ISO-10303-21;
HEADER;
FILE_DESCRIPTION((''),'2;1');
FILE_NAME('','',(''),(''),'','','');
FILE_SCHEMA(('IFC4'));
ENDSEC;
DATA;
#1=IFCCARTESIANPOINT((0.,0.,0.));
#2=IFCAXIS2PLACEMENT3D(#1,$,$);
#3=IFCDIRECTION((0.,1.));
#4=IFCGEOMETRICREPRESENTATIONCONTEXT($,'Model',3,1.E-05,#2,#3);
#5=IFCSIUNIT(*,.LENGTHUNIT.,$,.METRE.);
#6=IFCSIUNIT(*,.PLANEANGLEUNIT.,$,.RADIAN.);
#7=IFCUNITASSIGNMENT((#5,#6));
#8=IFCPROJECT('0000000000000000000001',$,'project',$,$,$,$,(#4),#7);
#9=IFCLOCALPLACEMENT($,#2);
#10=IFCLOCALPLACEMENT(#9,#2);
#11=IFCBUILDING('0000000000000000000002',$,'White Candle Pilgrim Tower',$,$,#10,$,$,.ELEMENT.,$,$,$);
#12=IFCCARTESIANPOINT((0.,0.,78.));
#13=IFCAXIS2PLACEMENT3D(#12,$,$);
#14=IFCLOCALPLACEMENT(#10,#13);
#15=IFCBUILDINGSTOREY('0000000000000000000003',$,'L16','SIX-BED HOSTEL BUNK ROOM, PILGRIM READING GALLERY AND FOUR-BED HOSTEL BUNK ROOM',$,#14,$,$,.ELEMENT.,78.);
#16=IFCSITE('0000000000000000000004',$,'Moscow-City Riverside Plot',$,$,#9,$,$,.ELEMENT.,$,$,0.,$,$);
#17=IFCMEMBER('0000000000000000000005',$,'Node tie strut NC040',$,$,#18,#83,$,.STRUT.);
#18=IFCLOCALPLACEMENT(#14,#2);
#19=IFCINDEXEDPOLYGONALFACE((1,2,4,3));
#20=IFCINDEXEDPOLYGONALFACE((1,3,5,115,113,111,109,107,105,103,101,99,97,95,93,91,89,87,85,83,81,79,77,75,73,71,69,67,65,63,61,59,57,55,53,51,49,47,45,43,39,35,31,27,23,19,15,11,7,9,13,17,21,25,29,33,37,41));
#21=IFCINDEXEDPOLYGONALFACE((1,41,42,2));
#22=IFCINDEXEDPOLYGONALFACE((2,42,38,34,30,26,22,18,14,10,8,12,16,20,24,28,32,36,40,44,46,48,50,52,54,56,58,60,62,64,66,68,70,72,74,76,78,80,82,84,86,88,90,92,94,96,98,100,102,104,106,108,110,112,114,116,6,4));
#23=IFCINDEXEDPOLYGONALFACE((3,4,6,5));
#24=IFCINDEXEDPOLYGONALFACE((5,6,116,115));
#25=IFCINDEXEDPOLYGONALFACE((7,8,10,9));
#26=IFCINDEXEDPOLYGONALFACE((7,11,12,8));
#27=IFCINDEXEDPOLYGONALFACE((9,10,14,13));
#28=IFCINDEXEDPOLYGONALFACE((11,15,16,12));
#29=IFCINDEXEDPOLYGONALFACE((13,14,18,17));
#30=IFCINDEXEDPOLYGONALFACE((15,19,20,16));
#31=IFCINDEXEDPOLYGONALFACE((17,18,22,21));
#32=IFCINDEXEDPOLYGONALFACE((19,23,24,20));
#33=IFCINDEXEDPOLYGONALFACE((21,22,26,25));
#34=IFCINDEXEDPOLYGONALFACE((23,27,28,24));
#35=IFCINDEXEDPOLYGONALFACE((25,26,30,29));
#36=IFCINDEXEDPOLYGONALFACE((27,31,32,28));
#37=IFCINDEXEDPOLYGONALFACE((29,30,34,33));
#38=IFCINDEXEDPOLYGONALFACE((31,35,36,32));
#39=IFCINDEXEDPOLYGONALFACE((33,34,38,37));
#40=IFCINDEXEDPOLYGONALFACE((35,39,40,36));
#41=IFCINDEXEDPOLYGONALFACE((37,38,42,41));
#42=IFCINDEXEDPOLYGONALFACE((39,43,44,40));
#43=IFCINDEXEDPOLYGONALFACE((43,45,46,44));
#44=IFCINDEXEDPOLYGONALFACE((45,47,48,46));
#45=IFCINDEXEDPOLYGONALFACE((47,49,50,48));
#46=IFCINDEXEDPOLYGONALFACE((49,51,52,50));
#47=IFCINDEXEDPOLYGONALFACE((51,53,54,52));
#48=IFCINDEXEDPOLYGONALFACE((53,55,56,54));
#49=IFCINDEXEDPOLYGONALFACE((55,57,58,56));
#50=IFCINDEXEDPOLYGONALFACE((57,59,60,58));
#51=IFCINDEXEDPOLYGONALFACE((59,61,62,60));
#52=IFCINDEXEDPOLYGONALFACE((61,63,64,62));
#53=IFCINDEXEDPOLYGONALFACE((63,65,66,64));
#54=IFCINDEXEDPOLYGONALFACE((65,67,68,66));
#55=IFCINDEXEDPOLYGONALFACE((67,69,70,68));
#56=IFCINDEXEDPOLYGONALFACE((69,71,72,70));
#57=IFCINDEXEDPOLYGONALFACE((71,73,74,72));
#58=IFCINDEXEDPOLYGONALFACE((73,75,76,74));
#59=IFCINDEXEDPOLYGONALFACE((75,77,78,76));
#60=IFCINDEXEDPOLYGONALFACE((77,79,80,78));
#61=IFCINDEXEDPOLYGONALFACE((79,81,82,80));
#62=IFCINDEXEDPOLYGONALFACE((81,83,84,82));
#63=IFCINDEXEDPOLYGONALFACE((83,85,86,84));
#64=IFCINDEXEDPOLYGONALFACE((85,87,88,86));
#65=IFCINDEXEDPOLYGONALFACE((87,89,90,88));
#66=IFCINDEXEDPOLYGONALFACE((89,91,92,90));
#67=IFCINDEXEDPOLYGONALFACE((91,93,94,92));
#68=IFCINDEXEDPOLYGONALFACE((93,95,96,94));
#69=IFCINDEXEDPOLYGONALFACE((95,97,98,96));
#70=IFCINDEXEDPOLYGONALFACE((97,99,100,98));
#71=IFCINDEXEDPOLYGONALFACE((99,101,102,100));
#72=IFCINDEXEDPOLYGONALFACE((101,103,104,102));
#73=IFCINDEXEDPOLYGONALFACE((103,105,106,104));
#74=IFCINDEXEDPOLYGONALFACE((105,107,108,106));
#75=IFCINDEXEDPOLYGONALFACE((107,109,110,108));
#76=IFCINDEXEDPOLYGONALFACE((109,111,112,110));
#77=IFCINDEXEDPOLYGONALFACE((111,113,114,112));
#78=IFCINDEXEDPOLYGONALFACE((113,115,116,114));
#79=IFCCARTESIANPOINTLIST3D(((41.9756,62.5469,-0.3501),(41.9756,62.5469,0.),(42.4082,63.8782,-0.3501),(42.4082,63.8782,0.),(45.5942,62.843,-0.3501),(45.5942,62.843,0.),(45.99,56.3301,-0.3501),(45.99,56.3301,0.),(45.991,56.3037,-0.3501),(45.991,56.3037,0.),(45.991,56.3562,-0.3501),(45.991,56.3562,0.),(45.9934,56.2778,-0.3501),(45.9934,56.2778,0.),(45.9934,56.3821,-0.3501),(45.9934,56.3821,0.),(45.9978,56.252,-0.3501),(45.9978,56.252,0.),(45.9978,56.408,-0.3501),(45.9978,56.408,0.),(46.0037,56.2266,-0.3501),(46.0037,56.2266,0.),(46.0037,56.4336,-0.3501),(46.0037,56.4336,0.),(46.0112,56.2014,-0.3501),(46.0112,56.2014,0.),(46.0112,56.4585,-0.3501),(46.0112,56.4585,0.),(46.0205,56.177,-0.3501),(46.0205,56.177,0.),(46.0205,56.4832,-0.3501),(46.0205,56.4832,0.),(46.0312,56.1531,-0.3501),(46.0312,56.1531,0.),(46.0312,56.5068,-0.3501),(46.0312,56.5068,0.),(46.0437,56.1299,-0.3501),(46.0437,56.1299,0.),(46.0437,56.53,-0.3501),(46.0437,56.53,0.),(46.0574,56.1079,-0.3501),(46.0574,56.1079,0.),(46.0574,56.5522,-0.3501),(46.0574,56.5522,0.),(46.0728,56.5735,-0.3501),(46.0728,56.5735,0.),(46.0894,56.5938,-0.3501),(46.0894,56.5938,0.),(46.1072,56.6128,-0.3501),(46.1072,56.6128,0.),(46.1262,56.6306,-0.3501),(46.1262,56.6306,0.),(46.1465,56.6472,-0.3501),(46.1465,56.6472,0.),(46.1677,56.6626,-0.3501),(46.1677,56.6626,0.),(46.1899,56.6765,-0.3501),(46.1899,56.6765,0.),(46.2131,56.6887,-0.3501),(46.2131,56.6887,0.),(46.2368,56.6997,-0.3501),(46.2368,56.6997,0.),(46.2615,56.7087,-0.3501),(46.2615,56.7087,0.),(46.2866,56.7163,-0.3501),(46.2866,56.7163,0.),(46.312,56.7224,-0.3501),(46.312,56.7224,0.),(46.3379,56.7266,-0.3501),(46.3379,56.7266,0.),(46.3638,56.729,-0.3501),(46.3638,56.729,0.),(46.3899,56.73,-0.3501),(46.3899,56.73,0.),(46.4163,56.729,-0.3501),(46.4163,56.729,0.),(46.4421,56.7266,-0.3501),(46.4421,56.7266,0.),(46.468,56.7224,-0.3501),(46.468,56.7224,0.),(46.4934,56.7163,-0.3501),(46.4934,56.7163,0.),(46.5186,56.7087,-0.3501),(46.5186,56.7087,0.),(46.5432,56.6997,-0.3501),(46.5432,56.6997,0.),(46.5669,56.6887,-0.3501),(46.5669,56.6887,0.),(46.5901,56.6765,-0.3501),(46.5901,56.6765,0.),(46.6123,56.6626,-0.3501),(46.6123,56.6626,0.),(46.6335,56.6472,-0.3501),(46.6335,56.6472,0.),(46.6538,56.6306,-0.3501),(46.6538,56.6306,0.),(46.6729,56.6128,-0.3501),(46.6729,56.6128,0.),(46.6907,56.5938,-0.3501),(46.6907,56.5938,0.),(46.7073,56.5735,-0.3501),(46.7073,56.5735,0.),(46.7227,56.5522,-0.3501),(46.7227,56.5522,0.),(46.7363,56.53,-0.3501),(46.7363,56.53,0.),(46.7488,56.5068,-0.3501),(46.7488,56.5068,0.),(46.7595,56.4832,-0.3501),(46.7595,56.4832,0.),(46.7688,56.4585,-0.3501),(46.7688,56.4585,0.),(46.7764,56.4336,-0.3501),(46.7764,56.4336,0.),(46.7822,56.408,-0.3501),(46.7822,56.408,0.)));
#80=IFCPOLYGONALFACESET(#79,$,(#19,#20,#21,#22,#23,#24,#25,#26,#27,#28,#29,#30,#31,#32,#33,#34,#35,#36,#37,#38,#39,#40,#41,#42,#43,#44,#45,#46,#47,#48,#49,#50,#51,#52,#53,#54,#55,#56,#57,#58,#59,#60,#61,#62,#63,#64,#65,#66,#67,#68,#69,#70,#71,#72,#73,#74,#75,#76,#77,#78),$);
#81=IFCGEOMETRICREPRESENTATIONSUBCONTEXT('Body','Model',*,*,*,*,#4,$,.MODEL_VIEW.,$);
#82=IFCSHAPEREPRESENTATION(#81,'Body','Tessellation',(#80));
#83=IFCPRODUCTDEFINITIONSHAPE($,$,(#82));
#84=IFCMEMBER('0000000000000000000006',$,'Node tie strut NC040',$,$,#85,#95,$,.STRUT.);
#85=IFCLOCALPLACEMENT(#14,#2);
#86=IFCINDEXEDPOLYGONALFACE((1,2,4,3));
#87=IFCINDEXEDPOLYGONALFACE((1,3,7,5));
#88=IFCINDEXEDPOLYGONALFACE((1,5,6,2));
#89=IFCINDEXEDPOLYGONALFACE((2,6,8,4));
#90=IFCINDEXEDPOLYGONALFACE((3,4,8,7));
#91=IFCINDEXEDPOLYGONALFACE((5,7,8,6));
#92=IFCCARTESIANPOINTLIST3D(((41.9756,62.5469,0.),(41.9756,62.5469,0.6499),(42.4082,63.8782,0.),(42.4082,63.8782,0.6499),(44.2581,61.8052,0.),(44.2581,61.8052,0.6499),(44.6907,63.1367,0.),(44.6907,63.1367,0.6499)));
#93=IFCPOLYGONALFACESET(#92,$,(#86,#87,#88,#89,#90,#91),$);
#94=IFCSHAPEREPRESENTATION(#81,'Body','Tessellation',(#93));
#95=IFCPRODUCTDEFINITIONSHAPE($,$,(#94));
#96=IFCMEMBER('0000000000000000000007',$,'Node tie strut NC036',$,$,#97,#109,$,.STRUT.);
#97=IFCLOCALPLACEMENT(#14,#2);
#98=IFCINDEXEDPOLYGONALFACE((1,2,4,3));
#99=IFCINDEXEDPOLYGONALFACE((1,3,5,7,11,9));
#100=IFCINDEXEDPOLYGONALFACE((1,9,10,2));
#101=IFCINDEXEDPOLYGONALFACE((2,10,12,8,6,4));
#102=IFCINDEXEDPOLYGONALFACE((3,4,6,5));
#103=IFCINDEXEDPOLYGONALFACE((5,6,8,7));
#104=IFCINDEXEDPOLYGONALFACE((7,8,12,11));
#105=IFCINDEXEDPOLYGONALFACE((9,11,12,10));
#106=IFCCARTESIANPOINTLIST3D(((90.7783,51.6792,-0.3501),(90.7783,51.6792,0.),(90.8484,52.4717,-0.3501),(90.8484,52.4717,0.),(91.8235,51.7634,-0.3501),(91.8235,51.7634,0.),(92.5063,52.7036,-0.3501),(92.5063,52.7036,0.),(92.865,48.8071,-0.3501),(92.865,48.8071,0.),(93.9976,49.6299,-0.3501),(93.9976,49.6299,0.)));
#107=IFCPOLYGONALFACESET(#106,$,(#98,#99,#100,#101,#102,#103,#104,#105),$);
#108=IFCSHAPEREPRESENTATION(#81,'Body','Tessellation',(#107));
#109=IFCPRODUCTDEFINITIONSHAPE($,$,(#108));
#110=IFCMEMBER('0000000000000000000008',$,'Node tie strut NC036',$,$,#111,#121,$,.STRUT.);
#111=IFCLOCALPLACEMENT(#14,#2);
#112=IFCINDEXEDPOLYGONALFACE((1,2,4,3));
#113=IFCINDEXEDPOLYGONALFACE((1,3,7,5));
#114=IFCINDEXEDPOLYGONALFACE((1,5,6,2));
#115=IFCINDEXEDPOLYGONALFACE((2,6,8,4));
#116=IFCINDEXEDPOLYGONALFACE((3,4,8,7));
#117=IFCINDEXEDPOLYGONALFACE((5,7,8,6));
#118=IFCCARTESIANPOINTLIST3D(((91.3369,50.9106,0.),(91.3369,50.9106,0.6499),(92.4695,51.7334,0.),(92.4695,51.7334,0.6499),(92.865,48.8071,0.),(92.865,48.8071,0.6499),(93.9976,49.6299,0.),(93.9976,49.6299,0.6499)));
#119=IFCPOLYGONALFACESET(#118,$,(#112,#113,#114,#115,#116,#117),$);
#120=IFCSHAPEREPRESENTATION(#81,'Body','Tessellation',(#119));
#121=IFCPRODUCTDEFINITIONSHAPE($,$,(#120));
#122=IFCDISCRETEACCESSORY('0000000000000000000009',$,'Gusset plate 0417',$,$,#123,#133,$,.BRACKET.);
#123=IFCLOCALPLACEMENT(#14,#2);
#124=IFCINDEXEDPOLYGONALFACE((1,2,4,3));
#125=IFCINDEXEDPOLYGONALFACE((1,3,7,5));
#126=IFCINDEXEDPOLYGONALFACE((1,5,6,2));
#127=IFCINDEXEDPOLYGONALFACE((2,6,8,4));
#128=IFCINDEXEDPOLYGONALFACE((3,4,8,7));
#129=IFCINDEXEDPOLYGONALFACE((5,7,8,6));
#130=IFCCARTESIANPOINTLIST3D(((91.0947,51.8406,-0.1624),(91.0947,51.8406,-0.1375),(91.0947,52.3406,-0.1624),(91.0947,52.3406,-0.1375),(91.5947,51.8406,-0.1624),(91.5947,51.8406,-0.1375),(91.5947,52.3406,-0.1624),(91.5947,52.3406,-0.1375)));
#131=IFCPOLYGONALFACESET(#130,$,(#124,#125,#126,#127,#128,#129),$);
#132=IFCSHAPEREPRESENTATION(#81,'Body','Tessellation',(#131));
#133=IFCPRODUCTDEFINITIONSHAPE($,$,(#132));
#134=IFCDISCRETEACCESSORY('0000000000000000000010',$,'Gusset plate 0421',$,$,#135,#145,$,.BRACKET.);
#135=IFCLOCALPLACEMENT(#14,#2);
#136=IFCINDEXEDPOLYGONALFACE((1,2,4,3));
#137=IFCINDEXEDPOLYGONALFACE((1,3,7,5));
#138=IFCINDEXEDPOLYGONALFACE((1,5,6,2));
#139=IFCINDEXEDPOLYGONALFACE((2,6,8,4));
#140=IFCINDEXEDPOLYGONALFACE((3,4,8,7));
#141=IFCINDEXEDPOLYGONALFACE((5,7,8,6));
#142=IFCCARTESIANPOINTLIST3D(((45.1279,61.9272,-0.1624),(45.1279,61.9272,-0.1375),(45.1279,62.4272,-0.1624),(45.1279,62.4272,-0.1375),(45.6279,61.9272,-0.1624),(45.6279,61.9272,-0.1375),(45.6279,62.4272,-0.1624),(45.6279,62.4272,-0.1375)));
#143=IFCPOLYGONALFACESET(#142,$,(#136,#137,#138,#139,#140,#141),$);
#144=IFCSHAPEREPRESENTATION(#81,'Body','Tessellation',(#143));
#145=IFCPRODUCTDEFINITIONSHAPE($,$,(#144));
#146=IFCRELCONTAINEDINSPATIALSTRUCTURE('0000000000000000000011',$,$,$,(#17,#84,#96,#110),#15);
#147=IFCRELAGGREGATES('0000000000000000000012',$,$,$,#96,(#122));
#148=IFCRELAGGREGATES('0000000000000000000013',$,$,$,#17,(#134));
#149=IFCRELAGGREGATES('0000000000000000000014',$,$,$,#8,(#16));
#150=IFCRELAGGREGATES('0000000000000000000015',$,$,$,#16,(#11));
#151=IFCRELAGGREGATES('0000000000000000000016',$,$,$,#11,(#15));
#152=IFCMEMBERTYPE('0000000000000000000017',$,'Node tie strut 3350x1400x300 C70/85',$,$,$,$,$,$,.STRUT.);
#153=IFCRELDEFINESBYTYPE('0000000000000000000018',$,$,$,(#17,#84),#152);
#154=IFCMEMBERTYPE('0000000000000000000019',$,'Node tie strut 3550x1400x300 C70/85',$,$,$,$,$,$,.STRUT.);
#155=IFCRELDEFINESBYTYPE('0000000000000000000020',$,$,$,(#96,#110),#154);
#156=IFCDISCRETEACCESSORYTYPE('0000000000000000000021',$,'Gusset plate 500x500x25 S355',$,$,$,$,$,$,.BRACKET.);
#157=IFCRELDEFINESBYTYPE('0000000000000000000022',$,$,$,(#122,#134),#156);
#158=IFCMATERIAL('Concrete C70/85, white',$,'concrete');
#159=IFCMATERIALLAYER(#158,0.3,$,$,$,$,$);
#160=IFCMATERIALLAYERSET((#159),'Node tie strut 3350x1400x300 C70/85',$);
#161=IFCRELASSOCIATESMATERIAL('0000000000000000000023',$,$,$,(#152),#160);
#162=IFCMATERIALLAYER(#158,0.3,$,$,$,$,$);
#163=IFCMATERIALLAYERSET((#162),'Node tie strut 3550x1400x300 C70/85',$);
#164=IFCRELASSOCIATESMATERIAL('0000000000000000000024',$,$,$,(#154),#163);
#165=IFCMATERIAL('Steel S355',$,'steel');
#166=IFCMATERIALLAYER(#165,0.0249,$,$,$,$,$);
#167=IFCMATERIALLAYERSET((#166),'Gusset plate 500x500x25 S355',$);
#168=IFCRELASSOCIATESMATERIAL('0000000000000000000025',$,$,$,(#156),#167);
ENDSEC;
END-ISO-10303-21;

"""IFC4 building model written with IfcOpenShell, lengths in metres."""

from ifc_helpers import new_model, si_unit, direction, frame, origin, origin_2d, place, context, subcontext, project, spatial, polyline, rectangle, outline, extrude, material, layer, layer_set, type_object, element, aggregate, save


model = new_model("IFC4")

# Units and contexts
model_context = context("Model", 3, precision=1e-05, world=origin(), true_north=direction((0.0, 1.0)))
body_context = subcontext(model_context, "Body", "Model", "MODEL_VIEW")
ifc_project = project(units=[si_unit("LENGTHUNIT", "METRE"), si_unit("PLANEANGLEUNIT", "RADIAN")], contexts=[model_context])

# Site, building, storey
site_placement = place(None, origin())
site = spatial("IfcSite", under=ifc_project, at=site_placement, Name="Moscow-City Riverside Plot", CompositionType="ELEMENT", RefElevation=0.0)
building_placement = place(site_placement, origin())
building = spatial("IfcBuilding", under=site, at=building_placement, Name="White Candle Pilgrim Tower", CompositionType="ELEMENT")
storey_placement = place(building_placement, frame((0.0, 0.0, 78.0)))
storey = spatial("IfcBuildingStorey", under=building, at=storey_placement, Name="L16", Description="SIX-BED HOSTEL BUNK ROOM, PILGRIM READING GALLERY AND FOUR-BED HOSTEL BUNK ROOM", CompositionType="ELEMENT", Elevation=78.0)

# Members
ifc_material_1 = material(Name="Concrete C70/85, white", Category="concrete")
ifc_layer_1 = layer(ifc_material_1, 0.3)
ifc_layer_set_1 = layer_set([ifc_layer_1], Name="Node tie strut 3350x1400x300 C70/85")
member_type_1 = type_object("IfcMemberType", Name="Node tie strut 3350x1400x300 C70/85", PredefinedType="STRUT", material=ifc_layer_set_1)
member_1_placement = place(storey_placement, frame((0.0, 0.0, -0.3501)))
member_1 = element("IfcMember", 1, at=member_1_placement, inside=storey, type_object=member_type_1, Name="Node tie strut NC040", PredefinedType="STRUT", context=body_context, shape_type="SweptSolid", body=[
    extrude(outline(polyline([(46.0574, 56.1079), (46.0437, 56.1299), (46.0312, 56.1531), (46.0205, 56.177), (46.0112, 56.2014), (46.0037, 56.2266), (45.9978, 56.252), (45.9934, 56.2778), (45.991, 56.3037), (45.99, 56.3301), (45.991, 56.3562), (45.9934, 56.3821), (45.9978, 56.408), (46.0037, 56.4336), (46.0112, 56.4585), (46.0205, 56.4832), (46.0312, 56.5068), (46.0437, 56.53), (46.0574, 56.5522), (46.0728, 56.5735), (46.0894, 56.5938), (46.1072, 56.6128), (46.1262, 56.6306), (46.1465, 56.6472), (46.1677, 56.6626), (46.1899, 56.6765), (46.2131, 56.6887), (46.2368, 56.6997), (46.2615, 56.7087), (46.2866, 56.7163), (46.312, 56.7224), (46.3379, 56.7266), (46.3638, 56.729), (46.3899, 56.73), (46.4163, 56.729), (46.4421, 56.7266), (46.468, 56.7224), (46.4934, 56.7163), (46.5186, 56.7087), (46.5432, 56.6997), (46.5669, 56.6887), (46.5901, 56.6765), (46.6123, 56.6626), (46.6335, 56.6472), (46.6538, 56.6306), (46.6729, 56.6128), (46.6907, 56.5938), (46.7073, 56.5735), (46.7227, 56.5522), (46.7363, 56.53), (46.7488, 56.5068), (46.7595, 56.4832), (46.7688, 56.4585), (46.7764, 56.4336), (46.7822, 56.408), (45.5942, 62.843), (42.4082, 63.8782), (41.9756, 62.5469), (46.0574, 56.1079)])), origin(), (0.0, 0.0, 1.0), 0.3501),
])
member_2_placement = place(storey_placement, origin())
element("IfcMember", 2, at=member_2_placement, inside=storey, type_object=member_type_1, Name="Node tie strut NC040", PredefinedType="STRUT", context=body_context, shape_type="SweptSolid", body=[
    extrude(outline(polyline([(44.2581, 61.8052), (44.6907, 63.1367), (42.4082, 63.8782), (41.9756, 62.5469), (44.2581, 61.8052)])), origin(), (0.0, 0.0, 1.0), 0.6499),
])
ifc_layer_2 = layer(ifc_material_1, 0.3)
ifc_layer_set_2 = layer_set([ifc_layer_2], Name="Node tie strut 3550x1400x300 C70/85")
member_type_2 = type_object("IfcMemberType", Name="Node tie strut 3550x1400x300 C70/85", PredefinedType="STRUT", material=ifc_layer_set_2)
member_3_placement = place(storey_placement, frame((0.0, 0.0, -0.3501)))
member_3 = element("IfcMember", 3, at=member_3_placement, inside=storey, type_object=member_type_2, Name="Node tie strut NC036", PredefinedType="STRUT", context=body_context, shape_type="SweptSolid", body=[
    extrude(outline(polyline([(92.865, 48.8071), (93.9976, 49.6299), (92.5063, 52.7036), (91.8235, 51.7634), (90.8484, 52.4717), (90.7783, 51.6792), (92.865, 48.8071)])), origin(), (0.0, 0.0, 1.0), 0.3501),
])
member_4_placement = place(storey_placement, origin())
element("IfcMember", 4, at=member_4_placement, inside=storey, type_object=member_type_2, Name="Node tie strut NC036", PredefinedType="STRUT", context=body_context, shape_type="SweptSolid", body=[
    extrude(outline(polyline([(92.865, 48.8071), (93.9976, 49.6299), (92.4695, 51.7334), (91.3369, 50.9106), (92.865, 48.8071)])), origin(), (0.0, 0.0, 1.0), 0.6499),
])

# Discrete accessories
ifc_material_2 = material(Name="Steel S355", Category="steel")
ifc_layer_3 = layer(ifc_material_2, 0.0249)
ifc_layer_set_3 = layer_set([ifc_layer_3], Name="Gusset plate 500x500x25 S355")
discrete_accessory_type = type_object("IfcDiscreteAccessoryType", Name="Gusset plate 500x500x25 S355", PredefinedType="BRACKET", material=ifc_layer_set_3)
discrete_accessory_1_placement = place(storey_placement, frame((91.3447, 52.0906, -0.1624), z_axis=(0.0, 0.0, 1.0), x_axis=(1.0, 0.0, 0.0)))
discrete_accessory_1 = element("IfcDiscreteAccessory", 5, at=discrete_accessory_1_placement, type_object=discrete_accessory_type, Name="Gusset plate 0417", PredefinedType="BRACKET", context=body_context, shape_type="SweptSolid", body=[
    extrude(rectangle(XDim=0.5, YDim=0.5, at=origin_2d()), origin(), (0.0, 0.0, 1.0), 0.0249),
])
aggregate(member_3, [discrete_accessory_1])
discrete_accessory_2_placement = place(storey_placement, frame((45.3779, 62.1772, -0.1624), z_axis=(0.0, 0.0, 1.0), x_axis=(1.0, 0.0, 0.0)))
discrete_accessory_2 = element("IfcDiscreteAccessory", 6, at=discrete_accessory_2_placement, type_object=discrete_accessory_type, Name="Gusset plate 0421", PredefinedType="BRACKET", context=body_context, shape_type="SweptSolid", body=[
    extrude(rectangle(XDim=0.5, YDim=0.5, at=origin_2d()), origin(), (0.0, 0.0, 1.0), 0.0249),
])
aggregate(member_1, [discrete_accessory_2])

save(model, "model.ifc")
